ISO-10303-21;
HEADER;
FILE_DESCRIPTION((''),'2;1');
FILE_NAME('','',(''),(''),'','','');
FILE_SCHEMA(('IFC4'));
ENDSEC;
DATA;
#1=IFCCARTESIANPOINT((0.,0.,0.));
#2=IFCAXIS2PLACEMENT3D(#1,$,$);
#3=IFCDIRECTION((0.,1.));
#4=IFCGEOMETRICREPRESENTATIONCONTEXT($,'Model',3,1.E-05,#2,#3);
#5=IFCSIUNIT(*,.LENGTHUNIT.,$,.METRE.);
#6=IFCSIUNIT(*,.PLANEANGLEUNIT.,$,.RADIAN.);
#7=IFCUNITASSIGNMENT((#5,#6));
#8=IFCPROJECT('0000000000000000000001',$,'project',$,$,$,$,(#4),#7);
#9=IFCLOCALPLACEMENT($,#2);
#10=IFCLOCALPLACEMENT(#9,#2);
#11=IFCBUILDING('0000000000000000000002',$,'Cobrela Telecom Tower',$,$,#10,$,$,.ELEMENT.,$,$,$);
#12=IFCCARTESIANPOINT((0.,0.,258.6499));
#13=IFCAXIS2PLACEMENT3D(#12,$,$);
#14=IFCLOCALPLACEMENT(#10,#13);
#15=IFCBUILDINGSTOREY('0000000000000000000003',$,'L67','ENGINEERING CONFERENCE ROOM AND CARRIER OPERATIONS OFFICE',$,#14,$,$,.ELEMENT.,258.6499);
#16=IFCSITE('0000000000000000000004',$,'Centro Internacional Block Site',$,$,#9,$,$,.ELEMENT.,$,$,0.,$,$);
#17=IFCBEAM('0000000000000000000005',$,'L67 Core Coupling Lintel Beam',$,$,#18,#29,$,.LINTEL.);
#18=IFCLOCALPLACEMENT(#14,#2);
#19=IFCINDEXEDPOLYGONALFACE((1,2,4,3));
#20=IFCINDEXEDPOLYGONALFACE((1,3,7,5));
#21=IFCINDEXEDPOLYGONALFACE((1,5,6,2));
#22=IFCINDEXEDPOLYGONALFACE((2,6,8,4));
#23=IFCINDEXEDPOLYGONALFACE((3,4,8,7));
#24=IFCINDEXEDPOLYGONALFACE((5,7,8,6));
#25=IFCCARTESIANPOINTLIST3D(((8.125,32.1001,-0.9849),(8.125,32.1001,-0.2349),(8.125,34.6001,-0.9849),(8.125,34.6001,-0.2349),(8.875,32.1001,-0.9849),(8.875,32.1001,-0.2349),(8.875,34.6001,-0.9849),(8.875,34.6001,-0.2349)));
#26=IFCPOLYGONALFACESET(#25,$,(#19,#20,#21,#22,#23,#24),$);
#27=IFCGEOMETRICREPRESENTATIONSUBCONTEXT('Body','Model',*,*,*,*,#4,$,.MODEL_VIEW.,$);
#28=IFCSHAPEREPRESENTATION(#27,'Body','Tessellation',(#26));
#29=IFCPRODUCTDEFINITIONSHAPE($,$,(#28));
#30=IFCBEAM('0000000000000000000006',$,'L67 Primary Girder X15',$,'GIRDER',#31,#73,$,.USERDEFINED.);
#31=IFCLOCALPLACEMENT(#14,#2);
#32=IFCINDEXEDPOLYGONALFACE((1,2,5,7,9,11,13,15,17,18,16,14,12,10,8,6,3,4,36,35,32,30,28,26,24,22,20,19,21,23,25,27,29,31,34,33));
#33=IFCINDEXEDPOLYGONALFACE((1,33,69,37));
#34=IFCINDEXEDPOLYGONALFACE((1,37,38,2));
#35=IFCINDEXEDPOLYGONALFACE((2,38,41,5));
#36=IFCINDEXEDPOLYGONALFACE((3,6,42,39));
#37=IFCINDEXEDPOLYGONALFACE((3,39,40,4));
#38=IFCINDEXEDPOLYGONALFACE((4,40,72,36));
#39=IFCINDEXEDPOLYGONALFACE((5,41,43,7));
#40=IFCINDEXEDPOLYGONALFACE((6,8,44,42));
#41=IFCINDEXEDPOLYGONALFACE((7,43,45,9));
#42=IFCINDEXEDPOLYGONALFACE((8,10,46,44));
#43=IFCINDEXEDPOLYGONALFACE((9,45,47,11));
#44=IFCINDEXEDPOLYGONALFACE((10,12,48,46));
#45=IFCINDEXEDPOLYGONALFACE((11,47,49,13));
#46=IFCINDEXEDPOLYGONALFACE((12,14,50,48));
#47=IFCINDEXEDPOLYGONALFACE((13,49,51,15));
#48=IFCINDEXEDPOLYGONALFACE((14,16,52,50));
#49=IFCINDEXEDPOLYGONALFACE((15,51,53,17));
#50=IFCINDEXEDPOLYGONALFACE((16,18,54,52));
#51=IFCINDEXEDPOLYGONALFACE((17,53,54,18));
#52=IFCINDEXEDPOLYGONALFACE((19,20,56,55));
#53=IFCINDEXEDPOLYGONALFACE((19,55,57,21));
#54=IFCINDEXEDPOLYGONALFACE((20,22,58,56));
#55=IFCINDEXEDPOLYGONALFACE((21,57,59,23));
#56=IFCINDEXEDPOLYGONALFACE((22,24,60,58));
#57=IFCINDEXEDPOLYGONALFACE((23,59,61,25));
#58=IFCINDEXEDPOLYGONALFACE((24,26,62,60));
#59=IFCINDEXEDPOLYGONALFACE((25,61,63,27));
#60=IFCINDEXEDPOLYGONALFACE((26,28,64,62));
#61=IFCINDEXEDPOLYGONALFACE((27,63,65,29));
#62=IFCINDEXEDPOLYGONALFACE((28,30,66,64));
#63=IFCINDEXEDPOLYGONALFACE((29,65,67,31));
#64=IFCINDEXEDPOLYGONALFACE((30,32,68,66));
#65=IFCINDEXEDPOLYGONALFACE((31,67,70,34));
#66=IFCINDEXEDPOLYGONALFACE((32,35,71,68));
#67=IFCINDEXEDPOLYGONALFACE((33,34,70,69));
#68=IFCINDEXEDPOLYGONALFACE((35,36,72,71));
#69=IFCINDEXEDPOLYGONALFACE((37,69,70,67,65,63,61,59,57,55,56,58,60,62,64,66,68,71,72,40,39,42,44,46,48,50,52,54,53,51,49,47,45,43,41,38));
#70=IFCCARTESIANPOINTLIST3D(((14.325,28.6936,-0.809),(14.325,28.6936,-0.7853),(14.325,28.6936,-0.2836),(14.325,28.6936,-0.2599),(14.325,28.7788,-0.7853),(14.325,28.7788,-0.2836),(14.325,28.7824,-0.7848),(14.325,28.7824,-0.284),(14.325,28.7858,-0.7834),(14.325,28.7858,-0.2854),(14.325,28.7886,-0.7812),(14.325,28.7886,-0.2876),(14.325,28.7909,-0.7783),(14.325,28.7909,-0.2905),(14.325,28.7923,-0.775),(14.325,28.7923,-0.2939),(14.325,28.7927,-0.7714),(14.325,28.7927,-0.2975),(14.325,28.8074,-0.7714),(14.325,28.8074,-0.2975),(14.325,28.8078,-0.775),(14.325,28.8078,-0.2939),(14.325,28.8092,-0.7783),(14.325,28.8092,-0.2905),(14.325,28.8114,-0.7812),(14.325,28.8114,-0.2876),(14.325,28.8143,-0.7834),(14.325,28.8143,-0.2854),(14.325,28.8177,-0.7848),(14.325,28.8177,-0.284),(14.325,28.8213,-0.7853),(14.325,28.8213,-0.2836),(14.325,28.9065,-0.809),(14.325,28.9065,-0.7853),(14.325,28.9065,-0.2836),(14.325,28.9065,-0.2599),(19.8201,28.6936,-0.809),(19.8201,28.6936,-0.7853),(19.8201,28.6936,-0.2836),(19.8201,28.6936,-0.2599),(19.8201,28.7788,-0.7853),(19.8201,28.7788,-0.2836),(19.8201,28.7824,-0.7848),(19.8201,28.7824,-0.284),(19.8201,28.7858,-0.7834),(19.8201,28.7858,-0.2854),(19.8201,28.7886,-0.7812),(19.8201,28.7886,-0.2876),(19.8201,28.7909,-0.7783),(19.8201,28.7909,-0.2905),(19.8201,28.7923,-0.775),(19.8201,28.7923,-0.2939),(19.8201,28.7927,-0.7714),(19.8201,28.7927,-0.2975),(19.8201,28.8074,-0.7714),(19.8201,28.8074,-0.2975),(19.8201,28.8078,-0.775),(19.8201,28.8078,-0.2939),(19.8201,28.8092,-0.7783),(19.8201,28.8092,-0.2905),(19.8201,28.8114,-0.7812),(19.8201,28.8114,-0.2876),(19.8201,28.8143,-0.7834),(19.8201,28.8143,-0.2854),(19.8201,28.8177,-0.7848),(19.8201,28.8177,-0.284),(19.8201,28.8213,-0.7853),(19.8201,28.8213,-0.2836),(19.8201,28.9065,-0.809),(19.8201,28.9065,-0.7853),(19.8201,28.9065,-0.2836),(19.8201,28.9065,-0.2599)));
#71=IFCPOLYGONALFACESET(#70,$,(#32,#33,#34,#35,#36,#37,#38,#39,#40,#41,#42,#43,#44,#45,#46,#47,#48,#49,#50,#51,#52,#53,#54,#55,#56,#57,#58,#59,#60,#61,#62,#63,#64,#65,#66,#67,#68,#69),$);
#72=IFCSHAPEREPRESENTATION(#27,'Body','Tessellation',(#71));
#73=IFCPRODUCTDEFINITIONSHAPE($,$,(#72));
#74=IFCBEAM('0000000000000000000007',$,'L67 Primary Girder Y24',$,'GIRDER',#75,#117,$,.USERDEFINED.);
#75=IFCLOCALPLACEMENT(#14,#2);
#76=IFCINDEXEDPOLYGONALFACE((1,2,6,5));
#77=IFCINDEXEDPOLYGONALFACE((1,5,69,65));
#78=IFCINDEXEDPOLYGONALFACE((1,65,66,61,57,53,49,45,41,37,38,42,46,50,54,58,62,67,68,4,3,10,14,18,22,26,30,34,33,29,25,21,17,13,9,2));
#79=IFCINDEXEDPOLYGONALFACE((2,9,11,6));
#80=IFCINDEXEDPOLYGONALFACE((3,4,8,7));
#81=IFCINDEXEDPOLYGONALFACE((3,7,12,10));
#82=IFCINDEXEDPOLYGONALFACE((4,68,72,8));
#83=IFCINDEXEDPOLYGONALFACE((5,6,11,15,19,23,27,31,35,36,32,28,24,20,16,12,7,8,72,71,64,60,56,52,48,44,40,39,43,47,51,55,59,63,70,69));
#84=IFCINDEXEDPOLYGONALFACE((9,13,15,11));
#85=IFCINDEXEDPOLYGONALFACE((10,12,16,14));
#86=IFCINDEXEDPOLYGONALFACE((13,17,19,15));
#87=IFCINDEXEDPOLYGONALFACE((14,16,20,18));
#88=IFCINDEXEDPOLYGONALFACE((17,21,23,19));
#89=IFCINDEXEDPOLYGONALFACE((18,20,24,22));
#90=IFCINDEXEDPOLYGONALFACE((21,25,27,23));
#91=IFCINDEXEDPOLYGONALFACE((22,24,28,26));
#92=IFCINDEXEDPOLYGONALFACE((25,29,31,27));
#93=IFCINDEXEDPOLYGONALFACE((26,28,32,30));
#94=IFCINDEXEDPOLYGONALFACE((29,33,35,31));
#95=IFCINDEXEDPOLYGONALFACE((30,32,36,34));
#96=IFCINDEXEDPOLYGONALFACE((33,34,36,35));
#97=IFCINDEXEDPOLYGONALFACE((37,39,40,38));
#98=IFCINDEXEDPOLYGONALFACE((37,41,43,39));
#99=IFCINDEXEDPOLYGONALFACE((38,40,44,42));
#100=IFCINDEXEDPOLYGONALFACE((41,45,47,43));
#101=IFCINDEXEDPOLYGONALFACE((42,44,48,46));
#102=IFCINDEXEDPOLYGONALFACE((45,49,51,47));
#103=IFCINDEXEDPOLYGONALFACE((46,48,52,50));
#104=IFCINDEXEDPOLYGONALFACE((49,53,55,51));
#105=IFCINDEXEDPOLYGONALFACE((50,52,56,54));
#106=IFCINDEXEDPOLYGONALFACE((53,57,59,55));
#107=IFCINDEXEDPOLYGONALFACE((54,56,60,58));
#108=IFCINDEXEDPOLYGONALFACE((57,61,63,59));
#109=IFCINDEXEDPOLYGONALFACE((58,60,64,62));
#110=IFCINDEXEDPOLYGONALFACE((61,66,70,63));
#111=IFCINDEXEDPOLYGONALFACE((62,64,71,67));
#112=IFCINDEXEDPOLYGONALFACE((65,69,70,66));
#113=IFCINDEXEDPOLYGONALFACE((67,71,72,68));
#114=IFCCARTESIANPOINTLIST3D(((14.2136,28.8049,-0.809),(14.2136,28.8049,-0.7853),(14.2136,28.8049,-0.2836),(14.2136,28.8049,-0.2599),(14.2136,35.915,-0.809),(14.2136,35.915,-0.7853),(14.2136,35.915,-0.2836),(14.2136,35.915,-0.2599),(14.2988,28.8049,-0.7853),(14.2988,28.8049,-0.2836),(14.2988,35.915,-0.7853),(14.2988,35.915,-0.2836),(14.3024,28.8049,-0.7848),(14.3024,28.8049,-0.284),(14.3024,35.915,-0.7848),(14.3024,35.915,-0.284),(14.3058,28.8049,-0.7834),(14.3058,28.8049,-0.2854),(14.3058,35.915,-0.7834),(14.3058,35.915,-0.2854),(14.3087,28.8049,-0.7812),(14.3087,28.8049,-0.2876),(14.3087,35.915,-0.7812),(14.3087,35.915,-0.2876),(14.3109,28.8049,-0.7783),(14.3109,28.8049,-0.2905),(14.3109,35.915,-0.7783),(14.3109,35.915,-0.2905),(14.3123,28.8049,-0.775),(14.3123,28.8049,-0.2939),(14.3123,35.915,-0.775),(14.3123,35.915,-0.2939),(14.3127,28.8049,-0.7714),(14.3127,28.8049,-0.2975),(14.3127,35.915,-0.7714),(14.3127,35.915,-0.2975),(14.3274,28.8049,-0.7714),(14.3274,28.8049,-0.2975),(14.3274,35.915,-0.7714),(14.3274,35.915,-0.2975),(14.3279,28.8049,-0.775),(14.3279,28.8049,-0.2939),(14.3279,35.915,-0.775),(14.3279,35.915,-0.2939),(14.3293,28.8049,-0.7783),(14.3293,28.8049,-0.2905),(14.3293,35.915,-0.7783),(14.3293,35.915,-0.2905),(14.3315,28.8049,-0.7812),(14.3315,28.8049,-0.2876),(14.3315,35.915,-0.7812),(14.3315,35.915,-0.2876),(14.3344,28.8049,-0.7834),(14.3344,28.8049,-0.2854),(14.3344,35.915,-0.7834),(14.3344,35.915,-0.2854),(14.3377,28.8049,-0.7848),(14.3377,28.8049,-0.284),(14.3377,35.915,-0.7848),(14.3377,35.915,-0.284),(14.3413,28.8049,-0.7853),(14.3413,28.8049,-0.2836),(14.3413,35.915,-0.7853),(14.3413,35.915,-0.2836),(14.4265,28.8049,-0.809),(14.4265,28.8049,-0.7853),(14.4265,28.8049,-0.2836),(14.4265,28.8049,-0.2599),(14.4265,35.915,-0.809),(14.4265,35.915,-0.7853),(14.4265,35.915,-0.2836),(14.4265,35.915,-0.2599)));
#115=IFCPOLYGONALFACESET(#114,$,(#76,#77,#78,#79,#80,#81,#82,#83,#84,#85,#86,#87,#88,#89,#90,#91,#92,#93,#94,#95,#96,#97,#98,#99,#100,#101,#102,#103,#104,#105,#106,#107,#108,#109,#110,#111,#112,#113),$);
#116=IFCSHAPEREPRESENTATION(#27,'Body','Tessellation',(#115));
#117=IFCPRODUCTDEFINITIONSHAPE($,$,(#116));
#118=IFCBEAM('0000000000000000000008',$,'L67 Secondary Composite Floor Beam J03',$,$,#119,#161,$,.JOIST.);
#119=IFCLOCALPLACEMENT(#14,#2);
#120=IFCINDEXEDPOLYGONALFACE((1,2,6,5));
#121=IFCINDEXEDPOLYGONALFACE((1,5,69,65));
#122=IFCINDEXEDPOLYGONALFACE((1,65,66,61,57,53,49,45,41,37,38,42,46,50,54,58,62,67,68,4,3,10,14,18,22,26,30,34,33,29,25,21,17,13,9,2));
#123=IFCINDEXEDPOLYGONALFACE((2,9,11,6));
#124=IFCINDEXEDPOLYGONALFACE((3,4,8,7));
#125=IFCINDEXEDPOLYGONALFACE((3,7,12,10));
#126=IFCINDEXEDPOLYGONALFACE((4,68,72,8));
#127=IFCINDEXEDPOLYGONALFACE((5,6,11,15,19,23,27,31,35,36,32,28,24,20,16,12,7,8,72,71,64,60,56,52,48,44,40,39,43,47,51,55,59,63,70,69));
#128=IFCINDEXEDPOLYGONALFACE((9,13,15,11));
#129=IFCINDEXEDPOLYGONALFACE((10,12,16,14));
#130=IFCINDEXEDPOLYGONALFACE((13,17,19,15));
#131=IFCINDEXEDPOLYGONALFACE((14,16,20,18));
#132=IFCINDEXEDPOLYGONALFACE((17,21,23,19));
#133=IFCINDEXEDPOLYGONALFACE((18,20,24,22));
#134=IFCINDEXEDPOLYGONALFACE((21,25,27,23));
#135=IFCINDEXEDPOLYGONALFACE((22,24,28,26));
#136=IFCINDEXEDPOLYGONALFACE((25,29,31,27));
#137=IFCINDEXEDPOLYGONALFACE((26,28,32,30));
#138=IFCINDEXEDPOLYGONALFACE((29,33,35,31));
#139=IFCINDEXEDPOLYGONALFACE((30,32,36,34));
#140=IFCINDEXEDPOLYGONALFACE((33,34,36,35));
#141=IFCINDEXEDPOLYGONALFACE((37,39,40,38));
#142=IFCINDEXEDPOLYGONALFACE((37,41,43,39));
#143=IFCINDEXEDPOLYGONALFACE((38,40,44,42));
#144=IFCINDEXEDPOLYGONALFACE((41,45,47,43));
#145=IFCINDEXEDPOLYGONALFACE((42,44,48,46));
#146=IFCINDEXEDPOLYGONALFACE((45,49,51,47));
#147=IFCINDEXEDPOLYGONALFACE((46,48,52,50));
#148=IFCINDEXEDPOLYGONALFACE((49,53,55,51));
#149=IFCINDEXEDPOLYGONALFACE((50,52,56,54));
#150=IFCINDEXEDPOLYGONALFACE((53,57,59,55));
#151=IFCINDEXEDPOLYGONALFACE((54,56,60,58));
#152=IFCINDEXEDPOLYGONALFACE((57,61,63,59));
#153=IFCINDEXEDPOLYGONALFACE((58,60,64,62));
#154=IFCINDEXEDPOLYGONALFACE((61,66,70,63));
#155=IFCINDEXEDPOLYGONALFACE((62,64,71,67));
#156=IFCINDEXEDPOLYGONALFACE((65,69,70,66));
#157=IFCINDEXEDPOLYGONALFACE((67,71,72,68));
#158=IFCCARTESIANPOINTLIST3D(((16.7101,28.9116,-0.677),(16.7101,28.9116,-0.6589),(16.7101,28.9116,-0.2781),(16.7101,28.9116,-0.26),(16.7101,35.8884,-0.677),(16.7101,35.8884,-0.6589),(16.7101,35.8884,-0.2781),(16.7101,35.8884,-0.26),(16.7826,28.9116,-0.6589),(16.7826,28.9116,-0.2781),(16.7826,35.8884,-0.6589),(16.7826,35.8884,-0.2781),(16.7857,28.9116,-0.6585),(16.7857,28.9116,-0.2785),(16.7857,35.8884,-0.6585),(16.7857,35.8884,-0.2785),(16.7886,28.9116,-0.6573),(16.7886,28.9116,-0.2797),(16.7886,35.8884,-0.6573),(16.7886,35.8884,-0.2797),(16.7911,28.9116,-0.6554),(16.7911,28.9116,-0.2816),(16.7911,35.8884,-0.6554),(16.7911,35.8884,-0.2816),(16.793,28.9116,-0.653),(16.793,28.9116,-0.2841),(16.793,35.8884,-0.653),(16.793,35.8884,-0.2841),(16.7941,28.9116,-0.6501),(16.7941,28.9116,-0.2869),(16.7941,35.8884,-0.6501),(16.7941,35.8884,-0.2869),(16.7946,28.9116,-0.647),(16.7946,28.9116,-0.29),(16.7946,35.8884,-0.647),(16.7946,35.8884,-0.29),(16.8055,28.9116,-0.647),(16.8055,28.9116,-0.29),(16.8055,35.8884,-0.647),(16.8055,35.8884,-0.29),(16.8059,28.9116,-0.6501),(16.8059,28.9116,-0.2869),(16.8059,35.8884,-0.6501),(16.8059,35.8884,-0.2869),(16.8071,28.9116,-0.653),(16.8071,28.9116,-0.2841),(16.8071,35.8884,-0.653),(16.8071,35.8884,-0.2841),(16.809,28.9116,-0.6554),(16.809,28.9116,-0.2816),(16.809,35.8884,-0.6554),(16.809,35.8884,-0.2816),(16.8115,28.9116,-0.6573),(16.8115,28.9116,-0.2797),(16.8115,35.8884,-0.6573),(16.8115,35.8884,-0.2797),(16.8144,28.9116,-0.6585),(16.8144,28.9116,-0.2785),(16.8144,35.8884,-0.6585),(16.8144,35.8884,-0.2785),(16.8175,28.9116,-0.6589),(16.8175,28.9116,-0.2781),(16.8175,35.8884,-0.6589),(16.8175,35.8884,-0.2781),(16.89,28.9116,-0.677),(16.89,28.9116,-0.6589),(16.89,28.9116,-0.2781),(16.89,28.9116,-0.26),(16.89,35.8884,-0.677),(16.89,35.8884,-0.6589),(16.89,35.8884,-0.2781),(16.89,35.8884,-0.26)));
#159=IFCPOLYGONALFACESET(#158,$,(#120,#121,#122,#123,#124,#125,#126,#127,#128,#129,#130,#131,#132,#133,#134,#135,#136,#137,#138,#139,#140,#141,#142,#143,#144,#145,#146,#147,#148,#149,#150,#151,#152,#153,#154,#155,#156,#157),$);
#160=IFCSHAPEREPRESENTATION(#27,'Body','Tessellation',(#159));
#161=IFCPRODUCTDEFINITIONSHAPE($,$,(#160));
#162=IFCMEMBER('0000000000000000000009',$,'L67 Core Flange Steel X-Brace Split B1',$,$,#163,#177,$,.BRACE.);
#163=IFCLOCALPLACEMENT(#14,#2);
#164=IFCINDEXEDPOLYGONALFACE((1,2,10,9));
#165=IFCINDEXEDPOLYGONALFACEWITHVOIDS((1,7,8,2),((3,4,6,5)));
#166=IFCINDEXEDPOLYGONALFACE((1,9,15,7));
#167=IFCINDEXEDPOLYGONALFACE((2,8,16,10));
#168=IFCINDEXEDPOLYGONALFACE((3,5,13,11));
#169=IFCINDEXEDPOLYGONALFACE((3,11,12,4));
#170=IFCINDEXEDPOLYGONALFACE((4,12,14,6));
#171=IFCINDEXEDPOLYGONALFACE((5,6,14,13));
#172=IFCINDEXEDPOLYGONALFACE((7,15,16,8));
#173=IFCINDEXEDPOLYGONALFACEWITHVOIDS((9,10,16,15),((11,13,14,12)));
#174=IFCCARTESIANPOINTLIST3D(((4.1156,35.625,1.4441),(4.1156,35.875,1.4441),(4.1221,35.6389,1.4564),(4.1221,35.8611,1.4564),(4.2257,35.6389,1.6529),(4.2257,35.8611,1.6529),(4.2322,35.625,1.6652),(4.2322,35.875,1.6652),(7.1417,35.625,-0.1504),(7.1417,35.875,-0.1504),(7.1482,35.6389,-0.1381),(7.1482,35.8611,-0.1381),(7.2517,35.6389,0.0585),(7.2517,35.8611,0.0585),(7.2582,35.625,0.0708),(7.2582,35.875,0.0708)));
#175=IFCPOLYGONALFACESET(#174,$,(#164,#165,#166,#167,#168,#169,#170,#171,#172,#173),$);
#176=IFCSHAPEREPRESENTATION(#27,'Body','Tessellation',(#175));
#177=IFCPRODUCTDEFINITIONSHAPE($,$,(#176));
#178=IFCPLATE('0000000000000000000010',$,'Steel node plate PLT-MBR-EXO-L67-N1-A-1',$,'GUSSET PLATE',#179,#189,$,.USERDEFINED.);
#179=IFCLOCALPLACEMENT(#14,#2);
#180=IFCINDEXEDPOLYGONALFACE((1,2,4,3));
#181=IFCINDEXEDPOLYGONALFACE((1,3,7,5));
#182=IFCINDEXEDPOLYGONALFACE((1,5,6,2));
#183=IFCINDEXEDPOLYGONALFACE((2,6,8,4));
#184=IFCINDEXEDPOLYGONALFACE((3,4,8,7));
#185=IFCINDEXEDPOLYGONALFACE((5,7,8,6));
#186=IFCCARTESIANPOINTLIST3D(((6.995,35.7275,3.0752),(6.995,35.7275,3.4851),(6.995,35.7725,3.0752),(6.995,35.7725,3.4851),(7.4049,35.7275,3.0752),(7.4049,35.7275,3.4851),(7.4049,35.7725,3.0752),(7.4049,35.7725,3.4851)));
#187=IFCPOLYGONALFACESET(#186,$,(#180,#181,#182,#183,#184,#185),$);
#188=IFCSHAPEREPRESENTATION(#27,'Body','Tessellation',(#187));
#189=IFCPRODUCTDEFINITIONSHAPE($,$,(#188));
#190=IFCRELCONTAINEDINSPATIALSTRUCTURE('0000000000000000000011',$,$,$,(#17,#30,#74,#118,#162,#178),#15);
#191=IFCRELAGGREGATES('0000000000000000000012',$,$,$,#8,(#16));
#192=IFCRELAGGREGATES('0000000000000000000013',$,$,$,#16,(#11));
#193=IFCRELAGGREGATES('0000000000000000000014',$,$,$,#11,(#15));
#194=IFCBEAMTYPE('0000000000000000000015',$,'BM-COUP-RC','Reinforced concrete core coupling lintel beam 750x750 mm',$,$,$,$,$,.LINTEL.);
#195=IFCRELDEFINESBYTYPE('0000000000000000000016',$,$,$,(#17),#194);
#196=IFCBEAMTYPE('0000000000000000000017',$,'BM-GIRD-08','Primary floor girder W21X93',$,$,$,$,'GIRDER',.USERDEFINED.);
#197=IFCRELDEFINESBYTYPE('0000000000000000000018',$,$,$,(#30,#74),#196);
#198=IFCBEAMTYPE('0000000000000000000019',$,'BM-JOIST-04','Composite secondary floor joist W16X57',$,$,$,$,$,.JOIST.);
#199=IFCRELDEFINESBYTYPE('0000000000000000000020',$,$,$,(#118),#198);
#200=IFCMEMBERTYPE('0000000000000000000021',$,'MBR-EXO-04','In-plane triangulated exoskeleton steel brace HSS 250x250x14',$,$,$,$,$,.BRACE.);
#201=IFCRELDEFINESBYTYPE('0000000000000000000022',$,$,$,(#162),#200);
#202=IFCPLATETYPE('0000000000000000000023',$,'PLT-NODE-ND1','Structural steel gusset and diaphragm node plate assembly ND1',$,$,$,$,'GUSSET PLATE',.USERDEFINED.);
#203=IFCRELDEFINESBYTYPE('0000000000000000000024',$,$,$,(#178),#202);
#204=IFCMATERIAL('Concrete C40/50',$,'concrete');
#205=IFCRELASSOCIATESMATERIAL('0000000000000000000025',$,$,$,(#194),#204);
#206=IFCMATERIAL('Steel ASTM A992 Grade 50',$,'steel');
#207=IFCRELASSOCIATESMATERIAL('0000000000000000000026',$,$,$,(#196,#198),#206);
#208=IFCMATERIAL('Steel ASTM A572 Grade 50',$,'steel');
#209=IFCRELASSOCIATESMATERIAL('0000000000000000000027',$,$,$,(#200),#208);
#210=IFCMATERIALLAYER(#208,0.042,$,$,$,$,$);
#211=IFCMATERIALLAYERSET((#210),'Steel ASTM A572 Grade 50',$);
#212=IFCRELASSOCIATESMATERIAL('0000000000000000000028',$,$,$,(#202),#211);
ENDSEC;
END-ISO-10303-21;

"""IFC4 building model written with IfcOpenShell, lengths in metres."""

from ifc_helpers import new_model, si_unit, direction, frame, origin, origin_2d, place, context, subcontext, project, spatial, rectangle, hollow_rectangle, i_section, extrude, material, layer, layer_set, material_profile, profile_set, type_object, element, save


model = new_model("IFC4")

# Units and contexts
model_context = context("Model", 3, precision=1e-05, world=origin(), true_north=direction((0.0, 1.0)))
body_context = subcontext(model_context, "Body", "Model", "MODEL_VIEW")
ifc_project = project(units=[si_unit("LENGTHUNIT", "METRE"), si_unit("PLANEANGLEUNIT", "RADIAN")], contexts=[model_context])

# Site, building, storey
site_placement = place(None, origin())
site = spatial("IfcSite", under=ifc_project, at=site_placement, Name="Centro Internacional Block Site", CompositionType="ELEMENT", RefElevation=0.0)
building_placement = place(site_placement, origin())
building = spatial("IfcBuilding", under=site, at=building_placement, Name="Cobrela Telecom Tower", CompositionType="ELEMENT")
storey_placement = place(building_placement, frame((0.0, 0.0, 258.6499)))
storey = spatial("IfcBuildingStorey", under=building, at=storey_placement, Name="L67", Description="ENGINEERING CONFERENCE ROOM AND CARRIER OPERATIONS OFFICE", CompositionType="ELEMENT", Elevation=258.6499)

# Beams
ifc_material_1 = material(Name="Concrete C40/50", Category="concrete")
ifc_material_profile_1 = material_profile(ifc_material_1, rectangle(XDim=0.75, YDim=0.75, at=origin_2d()), Name="RC 750x750")
ifc_profile_set_1 = profile_set([ifc_material_profile_1], Name="Concrete C40/50")
beam_type_1 = type_object("IfcBeamType", Name="BM-COUP-RC", Description="Reinforced concrete core coupling lintel beam 750x750 mm", PredefinedType="LINTEL", material=ifc_profile_set_1)
beam_1_placement = place(storey_placement, frame((8.5, 32.1001, -0.6099), z_axis=(0.0, 1.0, 0.0), x_axis=(-1.0, 0.0, 0.0)))
element("IfcBeam", 1, at=beam_1_placement, inside=storey, type_object=beam_type_1, Name="L67 Core Coupling Lintel Beam", PredefinedType="LINTEL", context=body_context, shape_type="SweptSolid", body=[
    extrude(rectangle(XDim=0.75, YDim=0.75, at=origin_2d()), origin(), (0.0, 0.0, 1.0), 2.5),
])
ifc_material_2 = material(Name="Steel ASTM A992 Grade 50", Category="steel")
ifc_material_profile_2 = material_profile(ifc_material_2, i_section(OverallWidth=0.2129, OverallDepth=0.5491, WebThickness=0.0146, FlangeThickness=0.0237, FilletRadius=0.0139, at=origin_2d()), Name="W21X93")
ifc_profile_set_2 = profile_set([ifc_material_profile_2], Name="Steel ASTM A992 Grade 50")
beam_type_2 = type_object("IfcBeamType", Name="BM-GIRD-08", Description="Primary floor girder W21X93", ElementType="GIRDER", PredefinedType="USERDEFINED", material=ifc_profile_set_2)
beam_2_placement = place(storey_placement, frame((14.325, 28.8, -0.5344), z_axis=(1.0, 0.0, 0.0), x_axis=(0.0, 1.0, 0.0)))
element("IfcBeam", 2, at=beam_2_placement, inside=storey, type_object=beam_type_2, Name="L67 Primary Girder X15", ObjectType="GIRDER", PredefinedType="USERDEFINED", context=body_context, shape_type="SweptSolid", body=[
    extrude(i_section(OverallWidth=0.2129, OverallDepth=0.5491, WebThickness=0.0146, FlangeThickness=0.0237, FilletRadius=0.0139, at=origin_2d()), origin(), (0.0, 0.0, 1.0), 5.4951),
])
beam_3_placement = place(storey_placement, frame((14.3201, 28.8049, -0.5344), z_axis=(0.0, 1.0, 0.0), x_axis=(-1.0, 0.0, 0.0)))
element("IfcBeam", 3, at=beam_3_placement, inside=storey, type_object=beam_type_2, Name="L67 Primary Girder Y24", ObjectType="GIRDER", PredefinedType="USERDEFINED", context=body_context, shape_type="SweptSolid", body=[
    extrude(i_section(OverallWidth=0.2129, OverallDepth=0.5491, WebThickness=0.0146, FlangeThickness=0.0237, FilletRadius=0.0139, at=origin_2d()), origin(), (0.0, 0.0, 1.0), 7.1101),
])
ifc_material_profile_3 = material_profile(ifc_material_2, i_section(OverallWidth=0.1799, OverallDepth=0.417, WebThickness=0.011, FlangeThickness=0.0181, FilletRadius=0.012, at=origin_2d()), Name="W16X57")
ifc_profile_set_3 = profile_set([ifc_material_profile_3], Name="Steel ASTM A992 Grade 50")
beam_type_3 = type_object("IfcBeamType", Name="BM-JOIST-04", Description="Composite secondary floor joist W16X57", PredefinedType="JOIST", material=ifc_profile_set_3)
beam_4_placement = place(storey_placement, frame((16.8, 28.9116, -0.4685), z_axis=(0.0, 1.0, 0.0), x_axis=(-1.0, 0.0, 0.0)))
element("IfcBeam", 4, at=beam_4_placement, inside=storey, type_object=beam_type_3, Name="L67 Secondary Composite Floor Beam J03", PredefinedType="JOIST", context=body_context, shape_type="SweptSolid", body=[
    extrude(i_section(OverallWidth=0.1799, OverallDepth=0.417, WebThickness=0.011, FlangeThickness=0.0181, FilletRadius=0.012, at=origin_2d()), origin(), (0.0, 0.0, 1.0), 6.9768),
])

# Member
ifc_material_3 = material(Name="Steel ASTM A572 Grade 50", Category="steel")
ifc_material_profile_4 = material_profile(ifc_material_3, hollow_rectangle(XDim=0.25, YDim=0.25, WallThickness=0.0139, at=origin_2d()), Name="HSS 250x250x14")
ifc_profile_set_4 = profile_set([ifc_material_profile_4], Name="Steel ASTM A572 Grade 50")
member_type = type_object("IfcMemberType", Name="MBR-EXO-04", Description="In-plane triangulated exoskeleton steel brace HSS 250x250x14", PredefinedType="BRACE", material=ifc_profile_set_4)
member_placement = place(storey_placement, frame((7.2, 35.75, -0.0398), z_axis=(-0.884703, 0.0, 0.466155), x_axis=(0.0, -1.0, 0.0)))
element("IfcMember", 5, at=member_placement, inside=storey, type_object=member_type, Name="L67 Core Flange Steel X-Brace Split B1", PredefinedType="BRACE", context=body_context, shape_type="SweptSolid", body=[
    extrude(hollow_rectangle(XDim=0.25, YDim=0.25, WallThickness=0.0139, at=origin_2d()), origin(), (0.0, 0.0, 1.0), 3.4204),
])

# Plate
ifc_layer_1 = layer(ifc_material_3, 0.042)
ifc_layer_set_1 = layer_set([ifc_layer_1], Name="Steel ASTM A572 Grade 50")
plate_type = type_object("IfcPlateType", Name="PLT-NODE-ND1", Description="Structural steel gusset and diaphragm node plate assembly ND1", ElementType="GUSSET PLATE", PredefinedType="USERDEFINED", material=ifc_layer_set_1)
plate_placement = place(storey_placement, frame((7.2, 35.75, 3.0752), z_axis=(0.0, 0.0, 1.0), x_axis=(1.0, 0.0, 0.0)))
element("IfcPlate", 6, at=plate_placement, inside=storey, type_object=plate_type, Name="Steel node plate PLT-MBR-EXO-L67-N1-A-1", ObjectType="GUSSET PLATE", PredefinedType="USERDEFINED", context=body_context, shape_type="SweptSolid", body=[
    extrude(rectangle(XDim=0.4099, YDim=0.0449, at=origin_2d()), origin(), (0.0, 0.0, 1.0), 0.4099),
])

save(model, "model.ifc")
